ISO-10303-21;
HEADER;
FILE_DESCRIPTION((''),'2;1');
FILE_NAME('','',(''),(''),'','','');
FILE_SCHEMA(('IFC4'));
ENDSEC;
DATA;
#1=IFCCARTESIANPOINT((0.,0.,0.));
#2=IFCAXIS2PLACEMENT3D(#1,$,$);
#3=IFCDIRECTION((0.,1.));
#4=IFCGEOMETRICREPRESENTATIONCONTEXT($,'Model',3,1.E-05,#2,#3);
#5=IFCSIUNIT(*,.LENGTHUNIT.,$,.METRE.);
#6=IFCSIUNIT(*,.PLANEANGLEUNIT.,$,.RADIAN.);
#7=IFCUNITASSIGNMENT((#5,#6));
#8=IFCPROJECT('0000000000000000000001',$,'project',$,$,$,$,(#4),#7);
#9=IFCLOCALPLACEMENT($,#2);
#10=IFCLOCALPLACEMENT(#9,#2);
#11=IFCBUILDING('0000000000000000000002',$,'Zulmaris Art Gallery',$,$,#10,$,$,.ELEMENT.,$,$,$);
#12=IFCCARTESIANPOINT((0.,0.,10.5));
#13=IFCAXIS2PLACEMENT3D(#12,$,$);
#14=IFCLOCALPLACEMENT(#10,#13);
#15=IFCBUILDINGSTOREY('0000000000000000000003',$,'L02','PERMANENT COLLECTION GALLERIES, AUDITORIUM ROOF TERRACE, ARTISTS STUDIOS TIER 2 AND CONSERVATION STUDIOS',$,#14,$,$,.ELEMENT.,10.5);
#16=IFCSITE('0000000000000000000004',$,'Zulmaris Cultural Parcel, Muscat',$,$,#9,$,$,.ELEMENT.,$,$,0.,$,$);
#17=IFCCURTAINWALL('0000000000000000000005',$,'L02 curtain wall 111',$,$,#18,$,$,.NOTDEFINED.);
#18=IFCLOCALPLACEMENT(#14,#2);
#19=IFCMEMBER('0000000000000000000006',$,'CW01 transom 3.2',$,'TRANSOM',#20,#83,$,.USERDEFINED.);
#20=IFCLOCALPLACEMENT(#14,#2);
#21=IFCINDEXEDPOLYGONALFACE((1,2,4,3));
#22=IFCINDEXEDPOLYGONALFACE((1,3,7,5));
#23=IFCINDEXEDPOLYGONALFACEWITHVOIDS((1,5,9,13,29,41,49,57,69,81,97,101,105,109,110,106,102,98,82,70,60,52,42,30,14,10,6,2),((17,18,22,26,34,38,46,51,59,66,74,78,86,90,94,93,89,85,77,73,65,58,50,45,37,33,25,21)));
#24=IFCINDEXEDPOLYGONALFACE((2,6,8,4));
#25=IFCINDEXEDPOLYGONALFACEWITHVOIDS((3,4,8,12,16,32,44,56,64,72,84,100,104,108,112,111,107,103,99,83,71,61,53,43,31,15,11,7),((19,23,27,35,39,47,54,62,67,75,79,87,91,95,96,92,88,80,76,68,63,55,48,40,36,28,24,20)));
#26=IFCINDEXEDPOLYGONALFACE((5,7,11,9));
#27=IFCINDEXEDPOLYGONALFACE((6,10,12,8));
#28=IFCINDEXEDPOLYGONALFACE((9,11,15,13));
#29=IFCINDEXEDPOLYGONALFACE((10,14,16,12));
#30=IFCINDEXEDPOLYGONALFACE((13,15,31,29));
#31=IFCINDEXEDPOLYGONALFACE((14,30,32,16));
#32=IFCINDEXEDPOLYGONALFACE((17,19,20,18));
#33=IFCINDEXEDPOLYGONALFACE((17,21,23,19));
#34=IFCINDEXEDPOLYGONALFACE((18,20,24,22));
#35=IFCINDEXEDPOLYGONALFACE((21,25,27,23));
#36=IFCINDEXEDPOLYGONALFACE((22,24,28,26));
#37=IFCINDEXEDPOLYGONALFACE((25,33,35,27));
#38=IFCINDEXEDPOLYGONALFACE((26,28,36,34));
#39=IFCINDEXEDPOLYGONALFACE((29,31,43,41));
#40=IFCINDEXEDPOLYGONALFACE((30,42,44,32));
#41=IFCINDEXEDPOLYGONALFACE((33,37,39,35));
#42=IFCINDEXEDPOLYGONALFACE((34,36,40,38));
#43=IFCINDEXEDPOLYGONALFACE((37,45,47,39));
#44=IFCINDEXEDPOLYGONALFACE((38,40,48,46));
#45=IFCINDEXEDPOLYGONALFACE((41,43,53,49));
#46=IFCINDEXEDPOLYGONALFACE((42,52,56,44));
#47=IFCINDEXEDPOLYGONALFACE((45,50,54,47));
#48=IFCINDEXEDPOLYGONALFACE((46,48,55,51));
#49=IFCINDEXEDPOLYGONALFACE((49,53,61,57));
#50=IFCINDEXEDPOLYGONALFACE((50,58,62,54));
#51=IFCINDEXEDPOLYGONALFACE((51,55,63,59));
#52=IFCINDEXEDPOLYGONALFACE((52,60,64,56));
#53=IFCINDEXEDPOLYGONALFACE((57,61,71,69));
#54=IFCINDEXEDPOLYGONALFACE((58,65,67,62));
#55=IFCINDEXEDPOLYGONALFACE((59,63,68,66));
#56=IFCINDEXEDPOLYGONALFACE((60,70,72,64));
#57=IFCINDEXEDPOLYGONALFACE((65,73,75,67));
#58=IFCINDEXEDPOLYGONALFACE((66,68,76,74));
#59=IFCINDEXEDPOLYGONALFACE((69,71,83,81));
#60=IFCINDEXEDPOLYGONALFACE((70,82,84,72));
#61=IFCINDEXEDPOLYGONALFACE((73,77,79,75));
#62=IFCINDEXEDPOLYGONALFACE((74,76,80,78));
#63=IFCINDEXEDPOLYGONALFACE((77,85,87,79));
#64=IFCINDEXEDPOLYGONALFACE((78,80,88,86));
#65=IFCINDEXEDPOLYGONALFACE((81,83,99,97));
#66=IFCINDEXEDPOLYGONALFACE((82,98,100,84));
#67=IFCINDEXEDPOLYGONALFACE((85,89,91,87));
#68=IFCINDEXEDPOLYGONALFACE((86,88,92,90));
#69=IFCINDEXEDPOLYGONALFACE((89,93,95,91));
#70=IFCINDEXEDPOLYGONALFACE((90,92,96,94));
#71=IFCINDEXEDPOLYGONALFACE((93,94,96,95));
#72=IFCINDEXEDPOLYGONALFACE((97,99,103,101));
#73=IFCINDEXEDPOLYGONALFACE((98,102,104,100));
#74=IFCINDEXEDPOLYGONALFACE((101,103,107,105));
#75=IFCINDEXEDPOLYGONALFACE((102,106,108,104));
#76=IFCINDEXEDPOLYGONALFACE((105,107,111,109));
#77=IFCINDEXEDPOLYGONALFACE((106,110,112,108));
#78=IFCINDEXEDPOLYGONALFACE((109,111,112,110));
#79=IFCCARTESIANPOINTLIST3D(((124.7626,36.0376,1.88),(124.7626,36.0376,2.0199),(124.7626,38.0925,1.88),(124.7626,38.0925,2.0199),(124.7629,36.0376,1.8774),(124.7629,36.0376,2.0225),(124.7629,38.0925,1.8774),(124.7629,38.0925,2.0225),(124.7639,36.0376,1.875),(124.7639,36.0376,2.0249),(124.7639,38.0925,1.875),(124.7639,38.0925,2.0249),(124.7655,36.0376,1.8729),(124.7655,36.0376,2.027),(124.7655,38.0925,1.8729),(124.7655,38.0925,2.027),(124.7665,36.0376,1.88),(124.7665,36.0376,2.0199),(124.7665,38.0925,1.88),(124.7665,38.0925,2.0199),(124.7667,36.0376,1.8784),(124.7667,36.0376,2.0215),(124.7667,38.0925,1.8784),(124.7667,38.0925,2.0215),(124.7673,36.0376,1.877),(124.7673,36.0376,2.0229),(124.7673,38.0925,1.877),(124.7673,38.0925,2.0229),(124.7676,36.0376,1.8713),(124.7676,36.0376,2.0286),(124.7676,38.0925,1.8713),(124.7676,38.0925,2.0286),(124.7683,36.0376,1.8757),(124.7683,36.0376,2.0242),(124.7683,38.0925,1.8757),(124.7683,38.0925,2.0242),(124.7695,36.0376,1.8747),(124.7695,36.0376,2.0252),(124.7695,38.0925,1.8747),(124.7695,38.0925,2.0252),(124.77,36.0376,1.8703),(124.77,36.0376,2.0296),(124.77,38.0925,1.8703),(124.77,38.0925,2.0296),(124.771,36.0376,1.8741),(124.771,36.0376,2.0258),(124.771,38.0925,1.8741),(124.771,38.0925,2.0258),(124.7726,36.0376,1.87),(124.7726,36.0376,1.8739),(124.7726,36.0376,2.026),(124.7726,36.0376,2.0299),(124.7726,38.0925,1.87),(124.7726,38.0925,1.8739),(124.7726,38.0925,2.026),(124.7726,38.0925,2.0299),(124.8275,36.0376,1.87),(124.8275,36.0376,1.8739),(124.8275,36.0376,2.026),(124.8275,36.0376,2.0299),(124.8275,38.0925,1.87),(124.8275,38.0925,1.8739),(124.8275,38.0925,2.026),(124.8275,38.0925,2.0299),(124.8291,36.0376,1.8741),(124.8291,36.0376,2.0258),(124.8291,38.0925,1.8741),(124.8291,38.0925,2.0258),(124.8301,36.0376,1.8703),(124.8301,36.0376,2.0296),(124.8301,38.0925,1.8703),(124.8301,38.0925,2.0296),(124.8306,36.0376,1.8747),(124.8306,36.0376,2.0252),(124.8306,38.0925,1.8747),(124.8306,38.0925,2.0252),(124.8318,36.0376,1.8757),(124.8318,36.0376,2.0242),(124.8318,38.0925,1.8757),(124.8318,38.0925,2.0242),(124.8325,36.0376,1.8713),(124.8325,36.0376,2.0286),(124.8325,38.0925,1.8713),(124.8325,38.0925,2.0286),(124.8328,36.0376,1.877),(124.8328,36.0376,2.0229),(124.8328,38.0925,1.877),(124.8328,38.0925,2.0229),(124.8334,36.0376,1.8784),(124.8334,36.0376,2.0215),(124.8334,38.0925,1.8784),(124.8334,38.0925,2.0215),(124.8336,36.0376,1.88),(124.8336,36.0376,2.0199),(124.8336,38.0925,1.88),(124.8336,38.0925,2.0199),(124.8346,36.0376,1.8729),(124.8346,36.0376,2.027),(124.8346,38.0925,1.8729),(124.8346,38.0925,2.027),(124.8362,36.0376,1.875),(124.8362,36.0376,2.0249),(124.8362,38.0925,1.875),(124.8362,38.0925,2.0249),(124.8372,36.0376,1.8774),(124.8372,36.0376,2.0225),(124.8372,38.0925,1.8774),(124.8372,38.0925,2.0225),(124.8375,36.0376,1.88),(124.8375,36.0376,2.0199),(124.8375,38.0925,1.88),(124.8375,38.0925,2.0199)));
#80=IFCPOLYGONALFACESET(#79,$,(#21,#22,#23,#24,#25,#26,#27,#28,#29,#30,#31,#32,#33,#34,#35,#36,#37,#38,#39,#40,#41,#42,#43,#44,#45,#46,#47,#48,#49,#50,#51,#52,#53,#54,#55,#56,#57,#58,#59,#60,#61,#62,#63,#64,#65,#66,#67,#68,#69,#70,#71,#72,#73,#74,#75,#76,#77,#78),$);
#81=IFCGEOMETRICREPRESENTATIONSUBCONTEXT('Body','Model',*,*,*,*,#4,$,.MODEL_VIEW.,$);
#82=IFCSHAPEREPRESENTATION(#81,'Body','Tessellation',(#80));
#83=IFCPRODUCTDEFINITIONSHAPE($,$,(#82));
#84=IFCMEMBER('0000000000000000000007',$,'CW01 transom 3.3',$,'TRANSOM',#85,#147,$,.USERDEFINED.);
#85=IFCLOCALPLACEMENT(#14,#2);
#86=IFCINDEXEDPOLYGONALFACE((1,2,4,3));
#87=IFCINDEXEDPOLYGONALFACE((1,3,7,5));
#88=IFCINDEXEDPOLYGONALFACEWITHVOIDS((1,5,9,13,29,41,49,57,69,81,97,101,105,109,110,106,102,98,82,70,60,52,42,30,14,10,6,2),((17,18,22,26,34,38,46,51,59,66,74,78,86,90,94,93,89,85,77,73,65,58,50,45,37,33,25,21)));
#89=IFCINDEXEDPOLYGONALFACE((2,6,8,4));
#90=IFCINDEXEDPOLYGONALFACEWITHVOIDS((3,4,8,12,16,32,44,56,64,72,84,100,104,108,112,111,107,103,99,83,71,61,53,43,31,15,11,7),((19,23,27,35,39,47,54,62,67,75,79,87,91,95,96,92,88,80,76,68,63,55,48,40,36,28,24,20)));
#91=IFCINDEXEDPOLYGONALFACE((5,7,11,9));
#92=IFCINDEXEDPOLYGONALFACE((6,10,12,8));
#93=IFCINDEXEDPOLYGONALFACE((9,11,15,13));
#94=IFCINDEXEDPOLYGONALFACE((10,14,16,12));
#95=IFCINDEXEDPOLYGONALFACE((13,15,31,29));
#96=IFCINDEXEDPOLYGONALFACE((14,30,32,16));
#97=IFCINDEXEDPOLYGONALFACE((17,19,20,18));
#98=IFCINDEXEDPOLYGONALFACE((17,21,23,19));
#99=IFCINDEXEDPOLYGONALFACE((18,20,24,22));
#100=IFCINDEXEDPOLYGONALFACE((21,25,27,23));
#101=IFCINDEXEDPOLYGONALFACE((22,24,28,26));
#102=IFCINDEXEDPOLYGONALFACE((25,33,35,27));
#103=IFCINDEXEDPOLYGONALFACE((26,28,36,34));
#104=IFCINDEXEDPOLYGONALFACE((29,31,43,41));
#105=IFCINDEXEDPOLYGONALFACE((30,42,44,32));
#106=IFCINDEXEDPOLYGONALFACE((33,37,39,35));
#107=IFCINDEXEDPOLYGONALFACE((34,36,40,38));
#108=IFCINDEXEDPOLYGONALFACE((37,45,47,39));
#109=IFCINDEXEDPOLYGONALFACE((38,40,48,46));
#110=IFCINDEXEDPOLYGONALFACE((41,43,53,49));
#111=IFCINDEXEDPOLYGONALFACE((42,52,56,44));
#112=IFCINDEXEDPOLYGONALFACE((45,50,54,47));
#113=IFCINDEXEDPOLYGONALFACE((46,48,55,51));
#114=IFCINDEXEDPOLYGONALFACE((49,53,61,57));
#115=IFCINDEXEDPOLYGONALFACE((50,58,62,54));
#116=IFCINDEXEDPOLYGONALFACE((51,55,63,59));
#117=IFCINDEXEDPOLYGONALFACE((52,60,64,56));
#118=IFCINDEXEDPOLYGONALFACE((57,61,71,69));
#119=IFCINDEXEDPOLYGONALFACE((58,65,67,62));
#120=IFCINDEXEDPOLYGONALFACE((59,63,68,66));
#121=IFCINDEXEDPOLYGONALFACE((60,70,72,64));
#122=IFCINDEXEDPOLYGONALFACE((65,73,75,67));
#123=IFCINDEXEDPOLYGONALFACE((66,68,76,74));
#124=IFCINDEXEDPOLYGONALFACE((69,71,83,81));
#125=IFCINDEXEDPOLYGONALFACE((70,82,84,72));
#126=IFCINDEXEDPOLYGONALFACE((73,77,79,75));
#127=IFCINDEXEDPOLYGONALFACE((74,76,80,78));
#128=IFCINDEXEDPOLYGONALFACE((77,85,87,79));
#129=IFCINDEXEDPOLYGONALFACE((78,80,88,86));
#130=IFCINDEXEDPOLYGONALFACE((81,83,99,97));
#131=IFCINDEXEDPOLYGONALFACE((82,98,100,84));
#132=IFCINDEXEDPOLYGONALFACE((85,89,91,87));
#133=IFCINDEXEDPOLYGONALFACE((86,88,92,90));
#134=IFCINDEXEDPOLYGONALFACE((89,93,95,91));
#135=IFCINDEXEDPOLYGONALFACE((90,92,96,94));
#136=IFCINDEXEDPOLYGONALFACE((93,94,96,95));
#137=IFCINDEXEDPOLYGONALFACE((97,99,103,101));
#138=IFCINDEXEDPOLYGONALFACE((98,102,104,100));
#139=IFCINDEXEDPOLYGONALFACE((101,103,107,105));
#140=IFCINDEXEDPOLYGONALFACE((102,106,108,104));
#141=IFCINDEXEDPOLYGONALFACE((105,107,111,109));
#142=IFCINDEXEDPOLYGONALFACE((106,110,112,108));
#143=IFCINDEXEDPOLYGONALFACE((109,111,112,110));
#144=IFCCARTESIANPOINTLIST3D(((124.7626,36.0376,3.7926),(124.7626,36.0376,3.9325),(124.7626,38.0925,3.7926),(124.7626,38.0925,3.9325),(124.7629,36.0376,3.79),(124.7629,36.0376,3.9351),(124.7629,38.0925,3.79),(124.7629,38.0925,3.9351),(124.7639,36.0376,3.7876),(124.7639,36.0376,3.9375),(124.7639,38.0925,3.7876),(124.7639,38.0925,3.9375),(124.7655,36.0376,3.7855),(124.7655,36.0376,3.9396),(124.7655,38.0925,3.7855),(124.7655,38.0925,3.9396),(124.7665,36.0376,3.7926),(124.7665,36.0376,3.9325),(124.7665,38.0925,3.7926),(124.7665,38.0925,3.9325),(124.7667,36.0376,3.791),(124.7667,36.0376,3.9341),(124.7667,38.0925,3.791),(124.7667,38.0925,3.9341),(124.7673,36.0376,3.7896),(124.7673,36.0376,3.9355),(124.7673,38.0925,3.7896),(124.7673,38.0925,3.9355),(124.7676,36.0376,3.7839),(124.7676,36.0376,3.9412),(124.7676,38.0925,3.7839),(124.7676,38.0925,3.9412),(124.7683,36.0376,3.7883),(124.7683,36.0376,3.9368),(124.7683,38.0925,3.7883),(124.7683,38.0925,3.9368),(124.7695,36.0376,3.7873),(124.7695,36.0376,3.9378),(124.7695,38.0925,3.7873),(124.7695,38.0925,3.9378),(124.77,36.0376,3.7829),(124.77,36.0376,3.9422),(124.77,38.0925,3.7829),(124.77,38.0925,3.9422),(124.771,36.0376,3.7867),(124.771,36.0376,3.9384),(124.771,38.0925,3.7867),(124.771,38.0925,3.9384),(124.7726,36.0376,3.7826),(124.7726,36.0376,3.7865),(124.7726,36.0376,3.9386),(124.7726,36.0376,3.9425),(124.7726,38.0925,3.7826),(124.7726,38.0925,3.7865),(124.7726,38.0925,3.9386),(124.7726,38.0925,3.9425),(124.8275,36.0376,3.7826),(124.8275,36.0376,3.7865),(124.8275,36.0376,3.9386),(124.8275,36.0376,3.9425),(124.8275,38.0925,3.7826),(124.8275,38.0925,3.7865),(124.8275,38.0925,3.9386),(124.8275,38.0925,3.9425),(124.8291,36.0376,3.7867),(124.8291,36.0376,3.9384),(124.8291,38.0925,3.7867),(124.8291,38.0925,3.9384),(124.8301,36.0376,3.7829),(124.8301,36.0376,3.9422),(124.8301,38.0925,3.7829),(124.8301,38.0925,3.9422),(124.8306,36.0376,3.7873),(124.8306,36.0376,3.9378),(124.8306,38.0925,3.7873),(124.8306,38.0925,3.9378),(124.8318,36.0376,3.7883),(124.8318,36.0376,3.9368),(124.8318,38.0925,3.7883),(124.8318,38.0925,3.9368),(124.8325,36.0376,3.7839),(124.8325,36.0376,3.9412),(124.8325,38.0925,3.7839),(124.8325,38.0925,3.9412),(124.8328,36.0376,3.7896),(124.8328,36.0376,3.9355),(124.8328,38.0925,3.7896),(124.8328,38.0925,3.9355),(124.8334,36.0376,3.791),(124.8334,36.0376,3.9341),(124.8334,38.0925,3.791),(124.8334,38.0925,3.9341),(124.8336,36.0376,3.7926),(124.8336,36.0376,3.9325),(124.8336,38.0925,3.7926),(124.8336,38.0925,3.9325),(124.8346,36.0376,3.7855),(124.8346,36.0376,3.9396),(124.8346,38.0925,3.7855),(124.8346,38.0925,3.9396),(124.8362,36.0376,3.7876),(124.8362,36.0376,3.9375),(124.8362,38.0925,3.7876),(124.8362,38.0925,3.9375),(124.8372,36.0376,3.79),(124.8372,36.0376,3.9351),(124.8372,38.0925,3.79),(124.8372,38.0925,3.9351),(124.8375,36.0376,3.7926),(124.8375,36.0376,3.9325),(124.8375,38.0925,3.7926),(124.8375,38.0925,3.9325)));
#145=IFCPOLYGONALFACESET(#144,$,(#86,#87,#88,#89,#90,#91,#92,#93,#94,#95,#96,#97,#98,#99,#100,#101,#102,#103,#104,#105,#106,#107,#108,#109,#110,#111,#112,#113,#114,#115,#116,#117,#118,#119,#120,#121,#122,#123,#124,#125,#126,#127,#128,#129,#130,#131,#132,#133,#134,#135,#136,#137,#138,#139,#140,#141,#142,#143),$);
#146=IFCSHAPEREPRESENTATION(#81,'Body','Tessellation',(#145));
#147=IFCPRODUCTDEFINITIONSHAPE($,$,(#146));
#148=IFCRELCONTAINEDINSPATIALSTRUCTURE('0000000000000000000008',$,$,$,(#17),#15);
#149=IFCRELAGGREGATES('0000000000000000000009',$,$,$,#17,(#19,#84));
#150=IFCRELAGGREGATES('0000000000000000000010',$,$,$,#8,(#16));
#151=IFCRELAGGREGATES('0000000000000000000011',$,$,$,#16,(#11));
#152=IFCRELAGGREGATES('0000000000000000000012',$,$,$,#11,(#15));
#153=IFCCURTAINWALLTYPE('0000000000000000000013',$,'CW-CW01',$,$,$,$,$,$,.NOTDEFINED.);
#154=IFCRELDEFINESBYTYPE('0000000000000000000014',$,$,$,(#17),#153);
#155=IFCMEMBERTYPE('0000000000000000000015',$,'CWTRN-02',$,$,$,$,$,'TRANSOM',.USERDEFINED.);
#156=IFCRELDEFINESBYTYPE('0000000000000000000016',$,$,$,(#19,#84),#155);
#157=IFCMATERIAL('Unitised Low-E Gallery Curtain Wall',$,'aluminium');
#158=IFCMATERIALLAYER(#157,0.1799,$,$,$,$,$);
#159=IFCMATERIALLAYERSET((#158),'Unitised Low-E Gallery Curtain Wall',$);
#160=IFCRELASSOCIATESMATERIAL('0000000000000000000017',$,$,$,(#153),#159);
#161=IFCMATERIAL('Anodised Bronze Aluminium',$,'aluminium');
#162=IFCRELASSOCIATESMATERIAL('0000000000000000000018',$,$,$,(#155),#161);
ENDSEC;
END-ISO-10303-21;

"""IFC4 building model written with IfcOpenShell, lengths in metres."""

from ifc_helpers import new_model, si_unit, direction, frame, origin, origin_2d, place, context, subcontext, project, spatial, hollow_rectangle, extrude, material, layer, layer_set, material_profile, profile_set, type_object, element, aggregate, save


model = new_model("IFC4")

# Units and contexts
model_context = context("Model", 3, precision=1e-05, world=origin(), true_north=direction((0.0, 1.0)))
body_context = subcontext(model_context, "Body", "Model", "MODEL_VIEW")
ifc_project = project(units=[si_unit("LENGTHUNIT", "METRE"), si_unit("PLANEANGLEUNIT", "RADIAN")], contexts=[model_context])

# Site, building, storey
site_placement = place(None, origin())
site = spatial("IfcSite", under=ifc_project, at=site_placement, Name="Zulmaris Cultural Parcel, Muscat", CompositionType="ELEMENT", RefElevation=0.0)
building_placement = place(site_placement, origin())
building = spatial("IfcBuilding", under=site, at=building_placement, Name="Zulmaris Art Gallery", CompositionType="ELEMENT")
storey_placement = place(building_placement, frame((0.0, 0.0, 10.5)))
storey = spatial("IfcBuildingStorey", under=building, at=storey_placement, Name="L02", Description="PERMANENT COLLECTION GALLERIES, AUDITORIUM ROOF TERRACE, ARTISTS STUDIOS TIER 2 AND CONSERVATION STUDIOS", CompositionType="ELEMENT", Elevation=10.5)

# Curtain wall
ifc_material_1 = material(Name="Unitised Low-E Gallery Curtain Wall", Category="aluminium")
ifc_layer_1 = layer(ifc_material_1, 0.1799)
ifc_layer_set_1 = layer_set([ifc_layer_1], Name="Unitised Low-E Gallery Curtain Wall")
curtain_wall_type = type_object("IfcCurtainWallType", Name="CW-CW01", PredefinedType="NOTDEFINED", material=ifc_layer_set_1)
curtain_wall_1_placement = place(storey_placement, origin())
curtain_wall_1 = element("IfcCurtainWall", 1, at=curtain_wall_1_placement, inside=storey, type_object=curtain_wall_type, Name="L02 curtain wall 111", PredefinedType="NOTDEFINED")
ifc_material_2 = material(Name="Anodised Bronze Aluminium", Category="aluminium")

# Members
ifc_material_profile_1 = material_profile(ifc_material_2, hollow_rectangle(XDim=0.075, YDim=0.1599, WallThickness=0.0039, InnerFilletRadius=0.0061, OuterFilletRadius=0.01, at=origin_2d()), Name="ALU 75x160x4")
ifc_profile_set_1 = profile_set([ifc_material_profile_1], Name="Anodised Bronze Aluminium")
member_type_1 = type_object("IfcMemberType", Name="CWTRN-02", ElementType="TRANSOM", PredefinedType="USERDEFINED", material=ifc_profile_set_1)
member_1_placement = place(storey_placement, frame((124.8, 36.0376, 1.95), z_axis=(0.0, 1.0, 0.0), x_axis=(-1.0, 0.0, 0.0)))
member_1 = element("IfcMember", 2, at=member_1_placement, type_object=member_type_1, Name="CW01 transom 3.2", ObjectType="TRANSOM", PredefinedType="USERDEFINED", context=body_context, shape_type="SweptSolid", body=[
    extrude(hollow_rectangle(XDim=0.075, YDim=0.1599, WallThickness=0.0039, InnerFilletRadius=0.0061, OuterFilletRadius=0.01, at=origin_2d()), origin(), (0.0, 0.0, 1.0), 2.0549),
])
member_2_placement = place(storey_placement, frame((124.8, 36.0376, 3.8625), z_axis=(0.0, 1.0, 0.0), x_axis=(-1.0, 0.0, 0.0)))
member_2 = element("IfcMember", 3, at=member_2_placement, type_object=member_type_1, Name="CW01 transom 3.3", ObjectType="TRANSOM", PredefinedType="USERDEFINED", context=body_context, shape_type="SweptSolid", body=[
    extrude(hollow_rectangle(XDim=0.075, YDim=0.1599, WallThickness=0.0039, InnerFilletRadius=0.0061, OuterFilletRadius=0.01, at=origin_2d()), origin(), (0.0, 0.0, 1.0), 2.0549),
])

aggregate(curtain_wall_1, [member_1, member_2])

save(model, "model.ifc")
